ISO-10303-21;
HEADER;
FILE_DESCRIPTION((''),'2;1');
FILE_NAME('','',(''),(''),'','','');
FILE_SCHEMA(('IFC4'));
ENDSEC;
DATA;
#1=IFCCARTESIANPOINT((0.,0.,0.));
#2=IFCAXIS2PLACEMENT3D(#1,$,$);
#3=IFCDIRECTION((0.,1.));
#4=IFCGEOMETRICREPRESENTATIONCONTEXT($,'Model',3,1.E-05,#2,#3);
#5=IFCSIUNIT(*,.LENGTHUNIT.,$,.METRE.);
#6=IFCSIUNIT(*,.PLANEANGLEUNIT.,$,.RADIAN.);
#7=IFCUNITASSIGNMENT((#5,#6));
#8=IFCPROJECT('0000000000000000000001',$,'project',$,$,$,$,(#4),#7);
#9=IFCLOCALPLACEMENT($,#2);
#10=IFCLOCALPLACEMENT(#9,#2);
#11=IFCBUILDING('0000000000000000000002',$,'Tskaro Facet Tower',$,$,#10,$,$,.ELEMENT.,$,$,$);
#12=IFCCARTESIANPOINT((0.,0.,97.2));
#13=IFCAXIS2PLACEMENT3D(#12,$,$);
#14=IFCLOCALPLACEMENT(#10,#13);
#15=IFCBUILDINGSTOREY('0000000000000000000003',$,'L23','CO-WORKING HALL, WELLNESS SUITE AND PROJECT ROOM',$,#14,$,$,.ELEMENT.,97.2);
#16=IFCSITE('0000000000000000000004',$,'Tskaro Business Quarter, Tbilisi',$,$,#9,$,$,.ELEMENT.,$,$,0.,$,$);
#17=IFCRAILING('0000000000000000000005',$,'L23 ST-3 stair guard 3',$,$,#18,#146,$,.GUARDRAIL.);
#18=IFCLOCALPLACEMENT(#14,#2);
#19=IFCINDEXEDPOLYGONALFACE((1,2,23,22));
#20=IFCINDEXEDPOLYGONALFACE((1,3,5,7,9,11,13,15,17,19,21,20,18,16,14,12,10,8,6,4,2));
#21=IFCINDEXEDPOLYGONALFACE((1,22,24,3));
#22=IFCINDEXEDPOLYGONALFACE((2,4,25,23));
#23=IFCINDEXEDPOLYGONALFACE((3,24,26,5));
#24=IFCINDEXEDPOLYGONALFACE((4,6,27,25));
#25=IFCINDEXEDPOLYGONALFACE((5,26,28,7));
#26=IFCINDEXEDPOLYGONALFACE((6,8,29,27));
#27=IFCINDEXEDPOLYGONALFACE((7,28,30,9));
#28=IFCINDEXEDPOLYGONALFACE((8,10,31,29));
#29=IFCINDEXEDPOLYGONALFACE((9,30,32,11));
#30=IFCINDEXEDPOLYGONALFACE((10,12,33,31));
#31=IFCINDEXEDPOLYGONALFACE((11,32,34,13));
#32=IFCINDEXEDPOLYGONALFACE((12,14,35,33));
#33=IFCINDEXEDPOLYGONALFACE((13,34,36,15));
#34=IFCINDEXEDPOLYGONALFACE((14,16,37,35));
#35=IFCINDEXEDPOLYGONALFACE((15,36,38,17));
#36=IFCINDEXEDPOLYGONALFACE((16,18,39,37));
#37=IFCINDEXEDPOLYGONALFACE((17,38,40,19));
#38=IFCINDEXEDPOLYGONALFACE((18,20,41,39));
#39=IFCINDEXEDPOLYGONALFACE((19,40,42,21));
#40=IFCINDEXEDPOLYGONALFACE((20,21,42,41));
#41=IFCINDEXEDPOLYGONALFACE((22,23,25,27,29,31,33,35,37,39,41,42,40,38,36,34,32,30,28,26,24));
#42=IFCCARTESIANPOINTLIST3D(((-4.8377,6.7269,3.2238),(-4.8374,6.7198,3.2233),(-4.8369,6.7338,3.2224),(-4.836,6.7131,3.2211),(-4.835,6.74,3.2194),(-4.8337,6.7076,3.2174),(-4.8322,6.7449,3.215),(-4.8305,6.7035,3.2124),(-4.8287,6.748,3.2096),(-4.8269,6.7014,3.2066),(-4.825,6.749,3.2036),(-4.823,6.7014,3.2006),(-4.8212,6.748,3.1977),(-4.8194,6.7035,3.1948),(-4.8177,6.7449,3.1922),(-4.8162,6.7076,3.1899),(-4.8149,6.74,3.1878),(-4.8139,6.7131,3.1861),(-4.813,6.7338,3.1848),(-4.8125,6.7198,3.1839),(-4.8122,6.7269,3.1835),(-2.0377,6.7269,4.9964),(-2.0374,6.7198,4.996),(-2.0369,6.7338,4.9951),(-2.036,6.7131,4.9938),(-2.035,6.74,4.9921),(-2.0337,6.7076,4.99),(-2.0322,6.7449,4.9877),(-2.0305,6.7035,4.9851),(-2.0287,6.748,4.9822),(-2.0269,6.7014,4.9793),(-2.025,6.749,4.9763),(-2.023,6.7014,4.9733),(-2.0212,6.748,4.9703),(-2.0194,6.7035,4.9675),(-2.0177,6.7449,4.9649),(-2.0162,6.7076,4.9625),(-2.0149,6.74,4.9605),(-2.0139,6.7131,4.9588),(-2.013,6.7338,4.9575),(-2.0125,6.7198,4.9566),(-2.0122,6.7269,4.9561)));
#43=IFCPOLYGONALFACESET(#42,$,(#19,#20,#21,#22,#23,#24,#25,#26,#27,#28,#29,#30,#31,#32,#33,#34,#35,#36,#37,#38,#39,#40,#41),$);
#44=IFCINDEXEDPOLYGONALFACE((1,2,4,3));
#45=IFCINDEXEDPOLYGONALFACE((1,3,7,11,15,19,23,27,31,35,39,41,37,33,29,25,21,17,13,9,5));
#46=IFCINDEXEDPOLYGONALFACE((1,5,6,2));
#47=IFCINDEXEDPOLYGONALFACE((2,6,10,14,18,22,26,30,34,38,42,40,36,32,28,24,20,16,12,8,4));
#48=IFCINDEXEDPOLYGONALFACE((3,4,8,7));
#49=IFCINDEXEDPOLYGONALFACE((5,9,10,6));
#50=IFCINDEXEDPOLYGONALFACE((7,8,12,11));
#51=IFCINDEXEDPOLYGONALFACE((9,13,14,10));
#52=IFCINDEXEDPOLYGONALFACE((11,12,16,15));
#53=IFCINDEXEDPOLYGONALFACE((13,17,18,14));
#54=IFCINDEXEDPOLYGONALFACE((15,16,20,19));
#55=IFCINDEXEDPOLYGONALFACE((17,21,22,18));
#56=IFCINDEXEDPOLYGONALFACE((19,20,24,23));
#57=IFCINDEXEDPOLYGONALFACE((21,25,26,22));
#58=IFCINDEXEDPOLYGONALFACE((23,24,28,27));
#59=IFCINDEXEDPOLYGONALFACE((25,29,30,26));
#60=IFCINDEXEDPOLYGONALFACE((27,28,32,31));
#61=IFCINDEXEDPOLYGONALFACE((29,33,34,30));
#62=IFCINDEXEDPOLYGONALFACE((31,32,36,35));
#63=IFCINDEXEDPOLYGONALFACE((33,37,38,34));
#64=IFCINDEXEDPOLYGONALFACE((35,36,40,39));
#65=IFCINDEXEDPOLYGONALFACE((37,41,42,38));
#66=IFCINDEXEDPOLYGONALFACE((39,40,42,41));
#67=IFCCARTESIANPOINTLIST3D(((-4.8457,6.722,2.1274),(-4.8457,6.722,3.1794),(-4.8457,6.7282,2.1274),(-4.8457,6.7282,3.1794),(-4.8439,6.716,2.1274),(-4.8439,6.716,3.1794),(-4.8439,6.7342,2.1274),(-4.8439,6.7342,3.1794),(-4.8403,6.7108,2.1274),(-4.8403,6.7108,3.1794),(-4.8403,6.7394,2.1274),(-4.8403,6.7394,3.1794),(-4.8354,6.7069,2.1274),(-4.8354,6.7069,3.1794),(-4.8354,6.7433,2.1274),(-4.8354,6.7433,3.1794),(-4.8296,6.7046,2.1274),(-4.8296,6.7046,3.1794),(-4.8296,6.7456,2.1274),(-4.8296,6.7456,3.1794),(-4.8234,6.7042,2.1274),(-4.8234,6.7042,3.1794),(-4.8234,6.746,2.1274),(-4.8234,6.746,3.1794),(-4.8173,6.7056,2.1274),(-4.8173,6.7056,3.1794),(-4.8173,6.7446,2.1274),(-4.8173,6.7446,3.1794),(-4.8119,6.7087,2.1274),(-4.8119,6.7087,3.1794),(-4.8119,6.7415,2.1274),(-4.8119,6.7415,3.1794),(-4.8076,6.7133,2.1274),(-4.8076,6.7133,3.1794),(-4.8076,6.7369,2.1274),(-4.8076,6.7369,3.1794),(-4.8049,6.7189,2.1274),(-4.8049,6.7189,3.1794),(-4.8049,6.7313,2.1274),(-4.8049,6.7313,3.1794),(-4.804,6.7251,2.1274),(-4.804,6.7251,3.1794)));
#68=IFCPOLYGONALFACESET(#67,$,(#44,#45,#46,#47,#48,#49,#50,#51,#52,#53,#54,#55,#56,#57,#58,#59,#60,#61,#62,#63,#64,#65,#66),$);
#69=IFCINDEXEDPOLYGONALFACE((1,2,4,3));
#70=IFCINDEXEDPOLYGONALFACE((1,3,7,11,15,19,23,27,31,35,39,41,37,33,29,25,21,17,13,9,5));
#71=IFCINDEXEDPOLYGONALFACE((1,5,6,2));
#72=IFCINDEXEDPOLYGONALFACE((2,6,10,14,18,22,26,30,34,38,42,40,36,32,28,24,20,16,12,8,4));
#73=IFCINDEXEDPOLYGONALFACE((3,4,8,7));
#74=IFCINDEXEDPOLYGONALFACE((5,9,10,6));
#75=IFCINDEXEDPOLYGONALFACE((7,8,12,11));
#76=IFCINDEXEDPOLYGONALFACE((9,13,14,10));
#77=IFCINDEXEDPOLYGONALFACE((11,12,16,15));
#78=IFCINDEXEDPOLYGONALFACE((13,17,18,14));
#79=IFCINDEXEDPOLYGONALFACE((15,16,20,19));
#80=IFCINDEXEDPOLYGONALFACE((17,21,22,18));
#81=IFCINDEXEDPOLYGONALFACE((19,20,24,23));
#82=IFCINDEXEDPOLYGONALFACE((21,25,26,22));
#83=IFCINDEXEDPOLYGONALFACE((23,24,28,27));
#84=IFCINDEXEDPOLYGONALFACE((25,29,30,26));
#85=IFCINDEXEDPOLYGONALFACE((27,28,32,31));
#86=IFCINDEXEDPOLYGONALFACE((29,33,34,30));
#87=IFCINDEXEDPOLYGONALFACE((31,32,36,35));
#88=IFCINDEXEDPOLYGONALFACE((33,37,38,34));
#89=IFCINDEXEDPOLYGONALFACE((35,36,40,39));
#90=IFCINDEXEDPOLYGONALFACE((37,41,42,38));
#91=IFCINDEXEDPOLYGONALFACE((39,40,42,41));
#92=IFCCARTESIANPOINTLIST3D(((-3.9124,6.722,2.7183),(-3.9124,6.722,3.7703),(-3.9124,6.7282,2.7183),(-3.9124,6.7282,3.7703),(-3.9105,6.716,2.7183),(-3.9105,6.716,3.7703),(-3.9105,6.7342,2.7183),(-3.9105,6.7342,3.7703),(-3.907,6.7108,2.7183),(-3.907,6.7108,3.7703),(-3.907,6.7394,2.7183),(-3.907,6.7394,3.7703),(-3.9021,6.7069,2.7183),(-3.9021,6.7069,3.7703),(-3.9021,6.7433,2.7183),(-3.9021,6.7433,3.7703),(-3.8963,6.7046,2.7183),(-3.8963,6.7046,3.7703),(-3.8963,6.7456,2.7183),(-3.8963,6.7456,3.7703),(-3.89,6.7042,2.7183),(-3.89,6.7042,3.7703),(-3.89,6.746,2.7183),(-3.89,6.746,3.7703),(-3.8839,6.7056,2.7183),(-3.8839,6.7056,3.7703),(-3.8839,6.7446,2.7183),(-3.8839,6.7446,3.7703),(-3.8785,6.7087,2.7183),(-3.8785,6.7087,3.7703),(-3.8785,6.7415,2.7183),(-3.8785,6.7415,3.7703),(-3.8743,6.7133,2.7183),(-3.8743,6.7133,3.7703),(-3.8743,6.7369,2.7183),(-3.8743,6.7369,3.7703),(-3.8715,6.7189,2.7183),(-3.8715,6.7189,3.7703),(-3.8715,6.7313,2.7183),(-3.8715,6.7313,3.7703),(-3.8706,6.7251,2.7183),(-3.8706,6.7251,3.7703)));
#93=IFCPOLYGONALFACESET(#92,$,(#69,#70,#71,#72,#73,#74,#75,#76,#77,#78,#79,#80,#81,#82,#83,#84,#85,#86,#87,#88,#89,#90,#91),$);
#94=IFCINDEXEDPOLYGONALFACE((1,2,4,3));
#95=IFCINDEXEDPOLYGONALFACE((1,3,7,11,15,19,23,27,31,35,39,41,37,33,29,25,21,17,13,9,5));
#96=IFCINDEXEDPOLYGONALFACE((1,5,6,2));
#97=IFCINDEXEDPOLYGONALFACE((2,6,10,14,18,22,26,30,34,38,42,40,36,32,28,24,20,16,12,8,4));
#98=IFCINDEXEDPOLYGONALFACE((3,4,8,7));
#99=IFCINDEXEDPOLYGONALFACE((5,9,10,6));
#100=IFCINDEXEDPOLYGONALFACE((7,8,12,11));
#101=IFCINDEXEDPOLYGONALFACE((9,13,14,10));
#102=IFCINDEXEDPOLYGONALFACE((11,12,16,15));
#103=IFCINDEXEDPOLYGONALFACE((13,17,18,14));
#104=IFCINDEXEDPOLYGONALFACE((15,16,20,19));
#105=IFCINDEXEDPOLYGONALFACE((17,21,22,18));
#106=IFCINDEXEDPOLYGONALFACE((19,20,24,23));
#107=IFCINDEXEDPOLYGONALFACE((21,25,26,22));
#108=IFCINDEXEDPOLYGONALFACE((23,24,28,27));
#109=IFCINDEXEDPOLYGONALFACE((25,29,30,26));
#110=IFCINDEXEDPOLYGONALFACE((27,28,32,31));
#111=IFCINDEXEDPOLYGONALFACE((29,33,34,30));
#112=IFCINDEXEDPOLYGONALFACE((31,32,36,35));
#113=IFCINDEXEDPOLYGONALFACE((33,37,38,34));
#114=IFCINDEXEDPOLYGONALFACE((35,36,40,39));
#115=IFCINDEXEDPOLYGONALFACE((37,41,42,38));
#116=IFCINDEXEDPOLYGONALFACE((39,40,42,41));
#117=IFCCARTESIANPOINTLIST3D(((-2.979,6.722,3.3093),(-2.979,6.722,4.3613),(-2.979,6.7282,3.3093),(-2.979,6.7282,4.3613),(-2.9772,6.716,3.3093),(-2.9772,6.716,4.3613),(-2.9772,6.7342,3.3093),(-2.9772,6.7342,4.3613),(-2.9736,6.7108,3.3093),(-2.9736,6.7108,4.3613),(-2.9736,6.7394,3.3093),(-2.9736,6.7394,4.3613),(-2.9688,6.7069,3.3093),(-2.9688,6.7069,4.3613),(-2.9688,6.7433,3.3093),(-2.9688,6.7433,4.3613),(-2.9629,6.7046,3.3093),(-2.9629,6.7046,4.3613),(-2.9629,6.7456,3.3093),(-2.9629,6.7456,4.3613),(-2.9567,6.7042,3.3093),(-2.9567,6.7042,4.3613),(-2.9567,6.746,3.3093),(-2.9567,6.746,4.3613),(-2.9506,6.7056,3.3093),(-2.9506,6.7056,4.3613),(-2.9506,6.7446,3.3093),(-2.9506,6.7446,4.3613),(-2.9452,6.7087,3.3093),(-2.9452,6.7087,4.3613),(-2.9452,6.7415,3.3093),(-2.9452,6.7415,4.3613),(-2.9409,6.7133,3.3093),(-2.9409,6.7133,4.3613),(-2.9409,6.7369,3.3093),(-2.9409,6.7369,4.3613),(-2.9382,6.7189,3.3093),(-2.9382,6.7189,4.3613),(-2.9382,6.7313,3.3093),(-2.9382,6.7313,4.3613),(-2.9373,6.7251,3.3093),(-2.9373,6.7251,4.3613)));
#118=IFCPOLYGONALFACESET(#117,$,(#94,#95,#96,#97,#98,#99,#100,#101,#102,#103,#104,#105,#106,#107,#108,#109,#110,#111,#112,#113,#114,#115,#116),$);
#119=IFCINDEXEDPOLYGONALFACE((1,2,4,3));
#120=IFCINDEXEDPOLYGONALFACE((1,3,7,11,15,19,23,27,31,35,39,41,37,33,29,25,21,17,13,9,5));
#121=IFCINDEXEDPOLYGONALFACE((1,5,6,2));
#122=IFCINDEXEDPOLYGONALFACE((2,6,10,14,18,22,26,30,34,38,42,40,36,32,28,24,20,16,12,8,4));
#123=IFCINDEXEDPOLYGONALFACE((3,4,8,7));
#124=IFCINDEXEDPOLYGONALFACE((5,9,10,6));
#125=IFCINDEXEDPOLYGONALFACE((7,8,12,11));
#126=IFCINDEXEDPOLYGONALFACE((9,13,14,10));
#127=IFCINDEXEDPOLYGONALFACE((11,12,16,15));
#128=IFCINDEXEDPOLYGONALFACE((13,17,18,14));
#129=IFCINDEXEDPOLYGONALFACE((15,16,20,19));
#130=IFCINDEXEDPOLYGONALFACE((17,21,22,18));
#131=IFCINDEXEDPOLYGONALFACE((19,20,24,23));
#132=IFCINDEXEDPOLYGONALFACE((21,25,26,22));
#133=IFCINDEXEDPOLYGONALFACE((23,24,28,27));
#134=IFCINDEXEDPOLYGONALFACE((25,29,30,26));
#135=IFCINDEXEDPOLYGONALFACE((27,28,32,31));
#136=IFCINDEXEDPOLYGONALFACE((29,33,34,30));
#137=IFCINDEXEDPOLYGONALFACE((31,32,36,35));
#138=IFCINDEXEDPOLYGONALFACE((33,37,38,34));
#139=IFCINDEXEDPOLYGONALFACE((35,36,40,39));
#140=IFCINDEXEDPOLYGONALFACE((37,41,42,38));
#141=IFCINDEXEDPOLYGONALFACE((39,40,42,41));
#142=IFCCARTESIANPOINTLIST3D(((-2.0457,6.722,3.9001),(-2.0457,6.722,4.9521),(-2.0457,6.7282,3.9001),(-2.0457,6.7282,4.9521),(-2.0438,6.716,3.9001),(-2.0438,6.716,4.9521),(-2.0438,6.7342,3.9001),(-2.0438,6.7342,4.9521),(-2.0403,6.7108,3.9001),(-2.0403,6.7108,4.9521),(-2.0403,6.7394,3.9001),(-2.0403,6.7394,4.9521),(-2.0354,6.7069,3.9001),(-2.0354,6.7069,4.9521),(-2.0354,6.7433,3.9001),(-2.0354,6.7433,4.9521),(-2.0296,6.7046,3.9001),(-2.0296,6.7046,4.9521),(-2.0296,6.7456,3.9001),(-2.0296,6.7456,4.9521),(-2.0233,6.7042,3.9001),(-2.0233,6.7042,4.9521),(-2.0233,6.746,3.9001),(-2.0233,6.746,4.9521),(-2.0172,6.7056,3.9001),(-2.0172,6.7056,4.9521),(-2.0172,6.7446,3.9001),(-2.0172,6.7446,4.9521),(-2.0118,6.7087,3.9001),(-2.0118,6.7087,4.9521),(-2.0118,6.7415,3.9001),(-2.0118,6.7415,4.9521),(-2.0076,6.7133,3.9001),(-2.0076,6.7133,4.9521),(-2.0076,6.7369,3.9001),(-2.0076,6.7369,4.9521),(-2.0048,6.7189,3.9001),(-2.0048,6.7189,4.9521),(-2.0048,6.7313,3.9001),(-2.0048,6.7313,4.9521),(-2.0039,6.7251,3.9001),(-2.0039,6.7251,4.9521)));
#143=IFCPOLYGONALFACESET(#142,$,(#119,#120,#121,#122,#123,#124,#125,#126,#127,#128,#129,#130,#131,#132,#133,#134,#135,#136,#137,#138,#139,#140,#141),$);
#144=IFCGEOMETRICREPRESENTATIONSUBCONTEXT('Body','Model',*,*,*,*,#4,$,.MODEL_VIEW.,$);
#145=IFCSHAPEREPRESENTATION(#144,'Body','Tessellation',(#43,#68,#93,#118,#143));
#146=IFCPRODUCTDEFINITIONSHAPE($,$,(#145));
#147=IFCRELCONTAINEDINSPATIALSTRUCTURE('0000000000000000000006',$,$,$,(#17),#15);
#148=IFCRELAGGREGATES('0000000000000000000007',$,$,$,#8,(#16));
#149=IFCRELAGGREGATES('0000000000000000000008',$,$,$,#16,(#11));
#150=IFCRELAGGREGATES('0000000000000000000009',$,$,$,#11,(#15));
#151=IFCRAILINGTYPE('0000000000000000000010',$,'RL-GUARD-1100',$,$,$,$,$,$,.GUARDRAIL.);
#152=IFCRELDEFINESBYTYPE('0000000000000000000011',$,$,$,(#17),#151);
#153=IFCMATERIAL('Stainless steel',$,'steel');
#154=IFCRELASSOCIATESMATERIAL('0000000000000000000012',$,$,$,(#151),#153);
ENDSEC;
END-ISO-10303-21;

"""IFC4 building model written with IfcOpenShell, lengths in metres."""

from ifc_helpers import new_model, si_unit, direction, frame, origin, origin_2d, place, context, subcontext, project, spatial, circle, extrude, material, type_object, element, save


model = new_model("IFC4")

# Units and contexts
model_context = context("Model", 3, precision=1e-05, world=origin(), true_north=direction((0.0, 1.0)))
body_context = subcontext(model_context, "Body", "Model", "MODEL_VIEW")
ifc_project = project(units=[si_unit("LENGTHUNIT", "METRE"), si_unit("PLANEANGLEUNIT", "RADIAN")], contexts=[model_context])

# Site, building, storey
site_placement = place(None, origin())
site = spatial("IfcSite", under=ifc_project, at=site_placement, Name="Tskaro Business Quarter, Tbilisi", CompositionType="ELEMENT", RefElevation=0.0)
building_placement = place(site_placement, origin())
building = spatial("IfcBuilding", under=site, at=building_placement, Name="Tskaro Facet Tower", CompositionType="ELEMENT")
storey_placement = place(building_placement, frame((0.0, 0.0, 97.2)))
storey = spatial("IfcBuildingStorey", under=building, at=storey_placement, Name="L23", Description="CO-WORKING HALL, WELLNESS SUITE AND PROJECT ROOM", CompositionType="ELEMENT", Elevation=97.2)

# Railing
ifc_material_1 = material(Name="Stainless steel", Category="steel")
railing_type_1 = type_object("IfcRailingType", Name="RL-GUARD-1100", PredefinedType="GUARDRAIL", material=ifc_material_1)
railing_1_placement = place(storey_placement, frame((-4.825, 6.7251, 2.1274)))
element("IfcRailing", 1, at=railing_1_placement, inside=storey, type_object=railing_type_1, Name="L23 ST-3 stair guard 3", PredefinedType="GUARDRAIL", context=body_context, shape_type="SweptSolid", body=[
    extrude(circle(Radius=0.0239, at=origin_2d()), frame((0.0, 0.0, 1.0762), z_axis=(0.844909, 0.0, 0.53491), x_axis=(0.0, 1.0, 0.0)), (0.0, 0.0, 1.0), 3.314),
    extrude(circle(Radius=0.021, at=origin_2d()), origin(), (0.0, 0.0, 1.0), 1.052),
    extrude(circle(Radius=0.021, at=origin_2d()), frame((0.9333, 0.0, 0.5908)), (0.0, 0.0, 1.0), 1.052),
    extrude(circle(Radius=0.021, at=origin_2d()), frame((1.8667, 0.0, 1.1819)), (0.0, 0.0, 1.0), 1.052),
    extrude(circle(Radius=0.021, at=origin_2d()), frame((2.8, 0.0, 1.7727)), (0.0, 0.0, 1.0), 1.052),
])

save(model, "model.ifc")
